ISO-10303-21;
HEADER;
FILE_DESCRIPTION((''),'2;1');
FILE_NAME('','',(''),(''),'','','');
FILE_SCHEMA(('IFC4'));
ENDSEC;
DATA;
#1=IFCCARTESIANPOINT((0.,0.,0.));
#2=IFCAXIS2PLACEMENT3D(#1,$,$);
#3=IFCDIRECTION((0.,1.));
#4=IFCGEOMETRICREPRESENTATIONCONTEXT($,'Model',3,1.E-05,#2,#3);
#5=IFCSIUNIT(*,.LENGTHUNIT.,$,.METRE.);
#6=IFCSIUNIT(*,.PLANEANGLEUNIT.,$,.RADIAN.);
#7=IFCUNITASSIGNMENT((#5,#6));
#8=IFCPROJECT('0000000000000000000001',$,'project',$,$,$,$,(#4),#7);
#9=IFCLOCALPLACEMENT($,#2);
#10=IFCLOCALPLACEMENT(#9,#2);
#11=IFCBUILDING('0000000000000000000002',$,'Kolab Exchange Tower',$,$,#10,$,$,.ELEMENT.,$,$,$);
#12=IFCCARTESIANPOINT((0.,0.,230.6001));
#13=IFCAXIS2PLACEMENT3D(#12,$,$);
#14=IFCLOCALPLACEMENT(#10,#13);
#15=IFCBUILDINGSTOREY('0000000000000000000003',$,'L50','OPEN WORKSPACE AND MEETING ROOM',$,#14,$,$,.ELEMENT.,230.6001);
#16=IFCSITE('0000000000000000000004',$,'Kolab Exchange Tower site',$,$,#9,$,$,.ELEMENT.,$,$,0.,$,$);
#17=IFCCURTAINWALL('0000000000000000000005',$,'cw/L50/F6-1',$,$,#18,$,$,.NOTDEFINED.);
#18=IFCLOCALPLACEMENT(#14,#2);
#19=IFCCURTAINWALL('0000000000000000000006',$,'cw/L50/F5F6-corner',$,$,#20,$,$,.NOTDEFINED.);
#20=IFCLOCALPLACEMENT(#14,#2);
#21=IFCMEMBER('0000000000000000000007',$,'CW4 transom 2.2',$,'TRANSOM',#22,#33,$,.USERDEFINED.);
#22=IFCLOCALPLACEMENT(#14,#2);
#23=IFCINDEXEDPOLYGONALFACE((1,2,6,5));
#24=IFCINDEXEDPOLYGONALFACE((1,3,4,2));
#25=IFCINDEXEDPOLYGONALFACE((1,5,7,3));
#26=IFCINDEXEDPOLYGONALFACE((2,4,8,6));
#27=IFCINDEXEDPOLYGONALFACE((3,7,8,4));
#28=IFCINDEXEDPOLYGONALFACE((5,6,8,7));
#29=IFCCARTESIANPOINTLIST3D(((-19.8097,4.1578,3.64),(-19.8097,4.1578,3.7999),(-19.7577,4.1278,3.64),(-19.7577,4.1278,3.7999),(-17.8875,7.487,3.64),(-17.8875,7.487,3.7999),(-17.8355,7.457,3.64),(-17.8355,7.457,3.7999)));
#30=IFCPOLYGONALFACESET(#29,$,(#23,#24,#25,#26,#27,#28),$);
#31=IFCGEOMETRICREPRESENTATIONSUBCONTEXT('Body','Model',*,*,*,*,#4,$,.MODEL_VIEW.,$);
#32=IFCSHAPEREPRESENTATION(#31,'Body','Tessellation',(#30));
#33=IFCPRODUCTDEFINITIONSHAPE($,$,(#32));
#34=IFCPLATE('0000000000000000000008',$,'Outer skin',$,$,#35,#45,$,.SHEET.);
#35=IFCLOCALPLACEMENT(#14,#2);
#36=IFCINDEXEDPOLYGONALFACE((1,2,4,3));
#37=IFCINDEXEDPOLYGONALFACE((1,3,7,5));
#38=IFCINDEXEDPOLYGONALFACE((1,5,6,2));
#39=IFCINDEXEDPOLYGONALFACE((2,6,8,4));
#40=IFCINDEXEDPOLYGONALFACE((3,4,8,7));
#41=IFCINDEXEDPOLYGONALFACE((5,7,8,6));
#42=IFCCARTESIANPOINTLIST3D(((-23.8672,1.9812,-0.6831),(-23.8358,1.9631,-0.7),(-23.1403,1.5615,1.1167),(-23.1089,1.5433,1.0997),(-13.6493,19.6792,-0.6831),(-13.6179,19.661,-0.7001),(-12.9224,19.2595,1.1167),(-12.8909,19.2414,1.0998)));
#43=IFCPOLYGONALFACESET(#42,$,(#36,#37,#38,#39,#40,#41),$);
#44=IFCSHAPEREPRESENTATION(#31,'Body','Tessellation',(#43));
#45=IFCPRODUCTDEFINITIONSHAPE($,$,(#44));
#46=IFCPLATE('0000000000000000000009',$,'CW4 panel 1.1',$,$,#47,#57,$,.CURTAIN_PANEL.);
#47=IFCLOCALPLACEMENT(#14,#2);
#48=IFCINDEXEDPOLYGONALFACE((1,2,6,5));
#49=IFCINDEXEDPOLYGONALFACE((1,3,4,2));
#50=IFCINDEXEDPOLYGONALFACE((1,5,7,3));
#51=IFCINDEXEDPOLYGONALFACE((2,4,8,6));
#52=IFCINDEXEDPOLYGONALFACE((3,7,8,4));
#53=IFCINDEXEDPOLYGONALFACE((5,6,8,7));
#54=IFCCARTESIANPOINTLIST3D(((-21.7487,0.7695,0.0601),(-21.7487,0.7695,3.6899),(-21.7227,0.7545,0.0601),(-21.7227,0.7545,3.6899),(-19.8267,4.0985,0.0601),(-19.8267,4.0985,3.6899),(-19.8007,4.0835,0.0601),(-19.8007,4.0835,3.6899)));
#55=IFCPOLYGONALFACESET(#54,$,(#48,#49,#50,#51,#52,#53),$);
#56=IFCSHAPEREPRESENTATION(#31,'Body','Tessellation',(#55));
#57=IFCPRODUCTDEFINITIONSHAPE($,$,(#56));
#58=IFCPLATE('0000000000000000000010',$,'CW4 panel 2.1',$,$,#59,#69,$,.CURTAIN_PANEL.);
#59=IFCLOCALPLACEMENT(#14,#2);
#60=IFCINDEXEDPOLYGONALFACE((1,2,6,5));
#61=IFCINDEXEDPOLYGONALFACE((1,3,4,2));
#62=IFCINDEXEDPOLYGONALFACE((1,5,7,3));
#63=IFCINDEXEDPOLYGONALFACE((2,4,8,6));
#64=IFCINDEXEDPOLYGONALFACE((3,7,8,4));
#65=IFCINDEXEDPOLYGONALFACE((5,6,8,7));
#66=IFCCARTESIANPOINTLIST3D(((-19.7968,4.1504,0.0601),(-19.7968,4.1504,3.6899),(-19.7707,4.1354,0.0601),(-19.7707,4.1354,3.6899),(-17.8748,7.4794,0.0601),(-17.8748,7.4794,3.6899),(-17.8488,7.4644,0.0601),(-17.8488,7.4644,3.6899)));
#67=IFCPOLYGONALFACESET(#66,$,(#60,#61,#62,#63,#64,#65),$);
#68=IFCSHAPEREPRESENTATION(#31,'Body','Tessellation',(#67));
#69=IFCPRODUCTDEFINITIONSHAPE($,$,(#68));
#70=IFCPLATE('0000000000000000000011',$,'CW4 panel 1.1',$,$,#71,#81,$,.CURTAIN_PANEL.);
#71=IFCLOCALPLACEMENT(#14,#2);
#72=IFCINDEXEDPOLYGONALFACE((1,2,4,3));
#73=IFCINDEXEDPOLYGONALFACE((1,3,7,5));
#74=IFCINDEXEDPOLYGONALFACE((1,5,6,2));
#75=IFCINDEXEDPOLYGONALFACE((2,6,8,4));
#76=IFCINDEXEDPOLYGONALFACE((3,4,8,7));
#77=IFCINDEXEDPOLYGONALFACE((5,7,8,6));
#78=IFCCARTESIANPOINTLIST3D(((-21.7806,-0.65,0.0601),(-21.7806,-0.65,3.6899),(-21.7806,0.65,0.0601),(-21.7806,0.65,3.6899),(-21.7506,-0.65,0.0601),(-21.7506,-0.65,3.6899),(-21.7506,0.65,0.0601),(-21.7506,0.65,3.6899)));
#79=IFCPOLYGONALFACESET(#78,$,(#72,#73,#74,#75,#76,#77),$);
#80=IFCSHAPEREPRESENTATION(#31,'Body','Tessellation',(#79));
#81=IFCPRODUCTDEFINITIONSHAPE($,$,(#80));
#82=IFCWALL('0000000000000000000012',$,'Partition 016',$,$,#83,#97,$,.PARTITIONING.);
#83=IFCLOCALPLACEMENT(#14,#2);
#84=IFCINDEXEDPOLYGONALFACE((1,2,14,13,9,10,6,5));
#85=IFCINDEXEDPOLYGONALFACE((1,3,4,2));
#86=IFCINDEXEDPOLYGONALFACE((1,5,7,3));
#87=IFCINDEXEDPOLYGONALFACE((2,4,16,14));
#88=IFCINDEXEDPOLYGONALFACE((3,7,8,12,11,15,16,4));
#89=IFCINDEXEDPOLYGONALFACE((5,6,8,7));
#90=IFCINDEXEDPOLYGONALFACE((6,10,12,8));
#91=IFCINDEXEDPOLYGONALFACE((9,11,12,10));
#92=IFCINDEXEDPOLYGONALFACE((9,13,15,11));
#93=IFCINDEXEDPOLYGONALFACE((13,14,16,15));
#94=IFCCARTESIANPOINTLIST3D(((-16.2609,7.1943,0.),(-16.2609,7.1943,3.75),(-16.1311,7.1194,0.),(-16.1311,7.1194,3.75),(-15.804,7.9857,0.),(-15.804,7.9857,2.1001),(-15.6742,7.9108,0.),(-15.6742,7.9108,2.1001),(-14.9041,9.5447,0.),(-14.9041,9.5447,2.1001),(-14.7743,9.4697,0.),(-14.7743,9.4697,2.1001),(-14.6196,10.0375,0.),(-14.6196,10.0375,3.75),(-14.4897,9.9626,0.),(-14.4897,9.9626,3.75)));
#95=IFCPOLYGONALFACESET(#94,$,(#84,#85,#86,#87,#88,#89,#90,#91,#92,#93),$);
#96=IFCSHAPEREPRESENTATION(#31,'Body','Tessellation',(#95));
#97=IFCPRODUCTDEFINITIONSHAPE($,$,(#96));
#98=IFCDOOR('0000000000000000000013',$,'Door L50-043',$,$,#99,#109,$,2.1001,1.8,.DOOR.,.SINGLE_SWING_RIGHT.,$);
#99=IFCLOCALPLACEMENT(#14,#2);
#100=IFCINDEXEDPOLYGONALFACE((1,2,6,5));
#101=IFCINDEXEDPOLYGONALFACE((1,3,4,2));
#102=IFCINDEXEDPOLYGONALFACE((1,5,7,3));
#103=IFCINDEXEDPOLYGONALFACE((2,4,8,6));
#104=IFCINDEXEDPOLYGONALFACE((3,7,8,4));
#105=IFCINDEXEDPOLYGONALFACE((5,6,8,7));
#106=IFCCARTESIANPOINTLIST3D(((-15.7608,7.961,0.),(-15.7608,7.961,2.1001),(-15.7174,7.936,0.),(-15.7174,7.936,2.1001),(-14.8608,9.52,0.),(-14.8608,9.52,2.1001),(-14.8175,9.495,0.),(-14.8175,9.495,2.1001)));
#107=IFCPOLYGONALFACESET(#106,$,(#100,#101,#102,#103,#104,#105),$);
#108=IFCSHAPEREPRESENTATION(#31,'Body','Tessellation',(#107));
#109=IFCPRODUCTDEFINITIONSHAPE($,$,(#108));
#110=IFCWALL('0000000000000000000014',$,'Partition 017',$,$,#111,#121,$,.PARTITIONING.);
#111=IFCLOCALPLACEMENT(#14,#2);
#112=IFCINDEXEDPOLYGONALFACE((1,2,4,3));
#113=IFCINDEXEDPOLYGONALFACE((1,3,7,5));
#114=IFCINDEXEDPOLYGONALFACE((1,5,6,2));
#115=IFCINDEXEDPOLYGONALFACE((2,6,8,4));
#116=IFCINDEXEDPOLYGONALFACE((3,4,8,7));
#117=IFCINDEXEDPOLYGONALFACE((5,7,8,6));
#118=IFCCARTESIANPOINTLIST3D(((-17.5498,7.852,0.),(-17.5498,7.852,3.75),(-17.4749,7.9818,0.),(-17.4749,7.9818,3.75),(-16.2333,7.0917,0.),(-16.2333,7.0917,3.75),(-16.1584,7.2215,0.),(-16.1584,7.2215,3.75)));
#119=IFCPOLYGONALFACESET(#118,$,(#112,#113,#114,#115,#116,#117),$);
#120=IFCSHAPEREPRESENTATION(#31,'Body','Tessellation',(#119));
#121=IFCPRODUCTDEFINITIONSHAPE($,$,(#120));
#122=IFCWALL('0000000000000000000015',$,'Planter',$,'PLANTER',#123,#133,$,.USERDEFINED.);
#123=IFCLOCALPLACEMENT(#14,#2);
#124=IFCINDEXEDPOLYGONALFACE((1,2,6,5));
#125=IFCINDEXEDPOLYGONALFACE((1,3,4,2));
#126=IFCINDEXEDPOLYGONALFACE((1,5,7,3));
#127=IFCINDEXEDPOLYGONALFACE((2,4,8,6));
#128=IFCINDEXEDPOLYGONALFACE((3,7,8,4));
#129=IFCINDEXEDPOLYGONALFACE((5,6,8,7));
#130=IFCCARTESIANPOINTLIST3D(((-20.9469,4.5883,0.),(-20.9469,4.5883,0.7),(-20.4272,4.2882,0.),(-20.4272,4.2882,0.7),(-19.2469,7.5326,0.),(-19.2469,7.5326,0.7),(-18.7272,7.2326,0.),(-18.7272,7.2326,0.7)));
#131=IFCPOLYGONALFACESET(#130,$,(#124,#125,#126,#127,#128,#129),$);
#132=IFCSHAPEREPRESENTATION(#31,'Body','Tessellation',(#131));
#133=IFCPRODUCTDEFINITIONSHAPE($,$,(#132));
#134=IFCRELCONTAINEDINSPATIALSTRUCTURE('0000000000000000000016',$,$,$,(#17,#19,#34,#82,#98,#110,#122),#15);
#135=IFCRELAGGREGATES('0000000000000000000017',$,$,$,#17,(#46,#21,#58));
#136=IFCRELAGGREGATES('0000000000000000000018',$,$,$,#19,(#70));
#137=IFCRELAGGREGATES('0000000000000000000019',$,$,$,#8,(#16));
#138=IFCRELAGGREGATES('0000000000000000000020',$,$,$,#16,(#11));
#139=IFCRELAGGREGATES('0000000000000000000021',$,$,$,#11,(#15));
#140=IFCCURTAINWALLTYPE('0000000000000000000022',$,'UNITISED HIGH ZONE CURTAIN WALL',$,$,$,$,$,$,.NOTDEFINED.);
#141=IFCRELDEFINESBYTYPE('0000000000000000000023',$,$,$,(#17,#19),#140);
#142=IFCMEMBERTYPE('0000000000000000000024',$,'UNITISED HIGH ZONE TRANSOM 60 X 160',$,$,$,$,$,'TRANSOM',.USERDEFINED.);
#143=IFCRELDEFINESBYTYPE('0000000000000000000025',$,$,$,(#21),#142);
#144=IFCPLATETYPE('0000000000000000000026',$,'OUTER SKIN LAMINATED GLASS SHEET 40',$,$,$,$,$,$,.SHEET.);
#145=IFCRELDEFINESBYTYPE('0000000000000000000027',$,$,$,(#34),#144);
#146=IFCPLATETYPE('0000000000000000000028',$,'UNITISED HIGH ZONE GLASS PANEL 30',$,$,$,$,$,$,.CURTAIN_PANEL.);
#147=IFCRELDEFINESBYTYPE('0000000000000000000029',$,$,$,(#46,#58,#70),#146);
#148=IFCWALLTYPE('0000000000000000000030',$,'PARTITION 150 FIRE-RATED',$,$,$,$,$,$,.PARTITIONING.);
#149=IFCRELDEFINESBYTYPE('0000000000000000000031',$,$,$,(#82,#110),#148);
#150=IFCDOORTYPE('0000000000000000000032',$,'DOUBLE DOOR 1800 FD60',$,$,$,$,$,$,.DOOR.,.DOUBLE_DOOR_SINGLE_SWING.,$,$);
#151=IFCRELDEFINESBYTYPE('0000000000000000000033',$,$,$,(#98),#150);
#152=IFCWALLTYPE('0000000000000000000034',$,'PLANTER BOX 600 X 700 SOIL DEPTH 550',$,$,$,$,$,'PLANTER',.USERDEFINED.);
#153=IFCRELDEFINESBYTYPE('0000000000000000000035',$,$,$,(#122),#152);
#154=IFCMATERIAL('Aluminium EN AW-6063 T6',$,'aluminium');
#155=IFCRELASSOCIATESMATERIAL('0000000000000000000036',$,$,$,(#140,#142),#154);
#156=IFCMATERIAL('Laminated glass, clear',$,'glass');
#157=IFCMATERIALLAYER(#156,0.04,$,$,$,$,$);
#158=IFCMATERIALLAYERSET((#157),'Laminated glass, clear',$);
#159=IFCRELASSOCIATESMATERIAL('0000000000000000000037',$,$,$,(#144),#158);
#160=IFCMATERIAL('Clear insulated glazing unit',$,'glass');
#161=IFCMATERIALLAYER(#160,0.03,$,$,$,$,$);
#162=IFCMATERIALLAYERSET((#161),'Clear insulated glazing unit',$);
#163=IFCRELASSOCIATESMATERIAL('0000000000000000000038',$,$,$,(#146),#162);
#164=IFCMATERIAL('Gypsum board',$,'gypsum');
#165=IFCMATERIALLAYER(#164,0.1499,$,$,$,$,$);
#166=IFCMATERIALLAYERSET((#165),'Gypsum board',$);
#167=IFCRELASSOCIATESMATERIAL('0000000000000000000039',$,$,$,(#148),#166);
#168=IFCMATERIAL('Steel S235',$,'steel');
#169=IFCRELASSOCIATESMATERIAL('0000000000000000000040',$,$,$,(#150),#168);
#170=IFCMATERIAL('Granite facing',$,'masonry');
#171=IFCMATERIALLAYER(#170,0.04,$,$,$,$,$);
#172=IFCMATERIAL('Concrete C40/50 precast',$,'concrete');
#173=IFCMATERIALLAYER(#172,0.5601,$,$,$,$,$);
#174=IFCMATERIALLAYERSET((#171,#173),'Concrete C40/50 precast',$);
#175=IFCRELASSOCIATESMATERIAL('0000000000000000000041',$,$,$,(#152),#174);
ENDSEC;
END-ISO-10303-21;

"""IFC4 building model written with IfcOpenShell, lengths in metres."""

from ifc_helpers import new_model, si_unit, direction, frame, frame_2d, origin, origin_2d, place, context, subcontext, project, spatial, polyline, rectangle, outline, extrude, material, layer, layer_set, material_profile, profile_set, type_object, element, fill, aggregate, save


model = new_model("IFC4")

# Units and contexts
model_context = context("Model", 3, precision=1e-05, world=origin(), true_north=direction((0.0, 1.0)))
body_context = subcontext(model_context, "Body", "Model", "MODEL_VIEW")
ifc_project = project(units=[si_unit("LENGTHUNIT", "METRE"), si_unit("PLANEANGLEUNIT", "RADIAN")], contexts=[model_context])

# Site, building, storey
site_placement = place(None, origin())
site = spatial("IfcSite", under=ifc_project, at=site_placement, Name="Kolab Exchange Tower site", CompositionType="ELEMENT", RefElevation=0.0)
building_placement = place(site_placement, origin())
building = spatial("IfcBuilding", under=site, at=building_placement, Name="Kolab Exchange Tower", CompositionType="ELEMENT")
storey_placement = place(building_placement, frame((0.0, 0.0, 230.6001)))
storey = spatial("IfcBuildingStorey", under=building, at=storey_placement, Name="L50", Description="OPEN WORKSPACE AND MEETING ROOM", CompositionType="ELEMENT", Elevation=230.6001)

# Curtain wall
ifc_material_1 = material(Name="Aluminium EN AW-6063 T6", Category="aluminium")
curtain_wall_type = type_object("IfcCurtainWallType", Name="UNITISED HIGH ZONE CURTAIN WALL", PredefinedType="NOTDEFINED", material=ifc_material_1)
curtain_wall_1_placement = place(storey_placement, origin())
curtain_wall_1 = element("IfcCurtainWall", 1, at=curtain_wall_1_placement, inside=storey, type_object=curtain_wall_type, Name="cw/L50/F6-1", PredefinedType="NOTDEFINED")

# Curtain wall
curtain_wall_2_placement = place(storey_placement, origin())
curtain_wall_2 = element("IfcCurtainWall", 2, at=curtain_wall_2_placement, inside=storey, type_object=curtain_wall_type, Name="cw/L50/F5F6-corner", PredefinedType="NOTDEFINED")

# Member
ifc_material_profile_1 = material_profile(ifc_material_1, rectangle(XDim=0.0601, YDim=0.1599, at=origin_2d()), Name="RECT 60X160")
ifc_profile_set_1 = profile_set([ifc_material_profile_1], Name="Aluminium EN AW-6063 T6")
member_type_1 = type_object("IfcMemberType", Name="UNITISED HIGH ZONE TRANSOM 60 X 160", ElementType="TRANSOM", PredefinedType="USERDEFINED", material=ifc_profile_set_1)
member_1_placement = place(storey_placement, frame((-19.7837, 4.1428, 3.72), z_axis=(0.500012, 0.866018, 0.0), x_axis=(-0.866018, 0.500012, 0.0)))
member_1 = element("IfcMember", 3, at=member_1_placement, type_object=member_type_1, Name="CW4 transom 2.2", ObjectType="TRANSOM", PredefinedType="USERDEFINED", context=body_context, shape_type="SweptSolid", body=[
    extrude(rectangle(XDim=0.0601, YDim=0.1599, at=origin_2d()), origin(), (0.0, 0.0, 1.0), 3.8442),
])

# Plates
ifc_material_2 = material(Name="Laminated glass, clear", Category="glass")
ifc_layer_1 = layer(ifc_material_2, 0.04)
ifc_layer_set_1 = layer_set([ifc_layer_1], Name="Laminated glass, clear")
plate_type_1 = type_object("IfcPlateType", Name="OUTER SKIN LAMINATED GLASS SHEET 40", PredefinedType="SHEET", material=ifc_layer_set_1)
plate_1_placement = place(storey_placement, frame((-23.8672, 1.9812, -0.6831), z_axis=(-0.784867, 0.453141, 0.422666), x_axis=(0.499997, 0.866027, -0.000002)))
element("IfcPlate", 4, at=plate_1_placement, inside=storey, type_object=plate_type_1, Name="Outer skin", PredefinedType="SHEET", context=body_context, shape_type="SweptSolid", body=[
    extrude(outline(polyline([(0.0, 0.0), (20.4358, 0.0), (20.4359, -1.986), (-0.0001, -1.9859), (0.0, 0.0)])), origin(), (0.0, 0.0, -1.0), 0.04),
])
ifc_material_3 = material(Name="Clear insulated glazing unit", Category="glass")
ifc_layer_2 = layer(ifc_material_3, 0.03)
ifc_layer_set_2 = layer_set([ifc_layer_2], Name="Clear insulated glazing unit")
plate_type_2 = type_object("IfcPlateType", Name="UNITISED HIGH ZONE GLASS PANEL 30", PredefinedType="CURTAIN_PANEL", material=ifc_layer_set_2)
plate_2_placement = place(storey_placement, frame((-20.7747, 2.4265, 0.0601), z_axis=(0.0, 0.0, 1.0), x_axis=(0.5, 0.866025, 0.0)))
plate_2 = element("IfcPlate", 5, at=plate_2_placement, type_object=plate_type_2, Name="CW4 panel 1.1", PredefinedType="CURTAIN_PANEL", context=body_context, shape_type="SweptSolid", body=[
    extrude(rectangle(XDim=3.844, YDim=0.03, at=origin_2d()), origin(), (0.0, 0.0, 1.0), 3.6299),
])
plate_3_placement = place(storey_placement, frame((-18.8228, 5.8074, 0.0601), z_axis=(0.0, 0.0, 1.0), x_axis=(0.5, 0.866025, 0.0)))
plate_3 = element("IfcPlate", 6, at=plate_3_placement, type_object=plate_type_2, Name="CW4 panel 2.1", PredefinedType="CURTAIN_PANEL", context=body_context, shape_type="SweptSolid", body=[
    extrude(rectangle(XDim=3.844, YDim=0.03, at=origin_2d()), origin(), (0.0, 0.0, 1.0), 3.6299),
])
aggregate(curtain_wall_1, [plate_2, member_1, plate_3])
plate_4_placement = place(storey_placement, frame((-21.7656, 0.0, 0.0601), z_axis=(0.0, 0.0, 1.0), x_axis=(0.0, 1.0, 0.0)))
plate_4 = element("IfcPlate", 7, at=plate_4_placement, type_object=plate_type_2, Name="CW4 panel 1.1", PredefinedType="CURTAIN_PANEL", context=body_context, shape_type="SweptSolid", body=[
    extrude(rectangle(XDim=1.3, YDim=0.03, at=origin_2d()), origin(), (0.0, 0.0, 1.0), 3.6299),
])
aggregate(curtain_wall_2, [plate_4])

# Wall, opening, door
ifc_material_4 = material(Name="Gypsum board", Category="gypsum")
ifc_layer_3 = layer(ifc_material_4, 0.1499)
ifc_layer_set_3 = layer_set([ifc_layer_3], Name="Gypsum board")
wall_type_1 = type_object("IfcWallType", Name="PARTITION 150 FIRE-RATED", PredefinedType="PARTITIONING", material=ifc_layer_set_3)
wall_1_placement = place(storey_placement, frame((-16.196, 7.1567, 0.0), z_axis=(0.0, 0.0, 1.0), x_axis=(0.499954, 0.866052, 0.0)))
wall_1 = element("IfcWall", 8, at=wall_1_placement, inside=storey, type_object=wall_type_1, Name="Partition 016", PredefinedType="PARTITIONING", context=body_context, shape_type="SweptSolid", body=[
    extrude(rectangle(XDim=3.283, YDim=0.1499, at=frame_2d((1.6416, 0.0))), origin(), (0.0, 0.0, 1.0), 3.75),
])
opening_1_placement = place(wall_1_placement, frame((0.9141, 0.0, 0.0)))
opening_1 = element("IfcOpeningElement", 9, at=opening_1_placement, cuts=wall_1, PredefinedType="OPENING", context=body_context, shape_type="SweptSolid", body=[
    extrude(rectangle(XDim=1.8, YDim=2.1001, at=frame_2d((0.8999, 1.05))), frame((0.0, 0.085, 0.0), z_axis=(0.0, -1.0, 0.0), x_axis=(1.0, 0.0, 0.0)), (0.0, 0.0, 1.0), 0.1699),
])
ifc_material_5 = material(Name="Steel S235", Category="steel")
door_type_1 = type_object("IfcDoorType", Name="DOUBLE DOOR 1800 FD60", OperationType="DOUBLE_DOOR_SINGLE_SWING", PredefinedType="DOOR", material=ifc_material_5)
door_1_placement = place(opening_1_placement, frame((1.8, 0.0, 0.0), z_axis=(0.0, 0.0, 1.0), x_axis=(-1.0, 0.0, 0.0)))
door_1 = element("IfcDoor", 10, at=door_1_placement, inside=storey, type_object=door_type_1, Name="Door L50-043", OperationType="SINGLE_SWING_RIGHT", OverallHeight=2.1001, OverallWidth=1.8, PredefinedType="DOOR", context=body_context, shape_type="SweptSolid", body=[
    extrude(rectangle(XDim=1.8, YDim=2.1001, at=frame_2d((0.8999, 1.05))), frame((0.0, 0.0249, 0.0), z_axis=(0.0, -1.0, 0.0), x_axis=(1.0, 0.0, 0.0)), (0.0, 0.0, 1.0), 0.05),
])
fill(opening_1, door_1)

# Walls
wall_2_placement = place(storey_placement, frame((-17.5125, 7.917, 0.0), z_axis=(0.0, 0.0, 1.0), x_axis=(0.865961, -0.500112, 0.0)))
element("IfcWall", 11, at=wall_2_placement, inside=storey, type_object=wall_type_1, Name="Partition 017", PredefinedType="PARTITIONING", context=body_context, shape_type="SweptSolid", body=[
    extrude(rectangle(XDim=1.5203, YDim=0.1499, at=frame_2d((0.7603, 0.0))), origin(), (0.0, 0.0, 1.0), 3.75),
])
ifc_material_6 = material(Name="Granite facing", Category="masonry")
ifc_layer_4 = layer(ifc_material_6, 0.04)
ifc_material_7 = material(Name="Concrete C40/50 precast", Category="concrete")
ifc_layer_5 = layer(ifc_material_7, 0.5601)
ifc_layer_set_4 = layer_set([ifc_layer_4, ifc_layer_5], Name="Concrete C40/50 precast")
wall_type_2 = type_object("IfcWallType", Name="PLANTER BOX 600 X 700 SOIL DEPTH 550", ElementType="PLANTER", PredefinedType="USERDEFINED", material=ifc_layer_set_4)
wall_3_placement = place(storey_placement, frame((-20.687, 4.4382, 0.0), z_axis=(0.0, 0.0, 1.0), x_axis=(0.500008, 0.866021, 0.0)))
element("IfcWall", 12, at=wall_3_placement, inside=storey, type_object=wall_type_2, Name="Planter", ObjectType="PLANTER", PredefinedType="USERDEFINED", context=body_context, shape_type="SweptSolid", body=[
    extrude(rectangle(XDim=3.3999, YDim=0.6001, at=frame_2d((1.7, 0.0))), origin(), (0.0, 0.0, 1.0), 0.7),
])

save(model, "model.ifc")
